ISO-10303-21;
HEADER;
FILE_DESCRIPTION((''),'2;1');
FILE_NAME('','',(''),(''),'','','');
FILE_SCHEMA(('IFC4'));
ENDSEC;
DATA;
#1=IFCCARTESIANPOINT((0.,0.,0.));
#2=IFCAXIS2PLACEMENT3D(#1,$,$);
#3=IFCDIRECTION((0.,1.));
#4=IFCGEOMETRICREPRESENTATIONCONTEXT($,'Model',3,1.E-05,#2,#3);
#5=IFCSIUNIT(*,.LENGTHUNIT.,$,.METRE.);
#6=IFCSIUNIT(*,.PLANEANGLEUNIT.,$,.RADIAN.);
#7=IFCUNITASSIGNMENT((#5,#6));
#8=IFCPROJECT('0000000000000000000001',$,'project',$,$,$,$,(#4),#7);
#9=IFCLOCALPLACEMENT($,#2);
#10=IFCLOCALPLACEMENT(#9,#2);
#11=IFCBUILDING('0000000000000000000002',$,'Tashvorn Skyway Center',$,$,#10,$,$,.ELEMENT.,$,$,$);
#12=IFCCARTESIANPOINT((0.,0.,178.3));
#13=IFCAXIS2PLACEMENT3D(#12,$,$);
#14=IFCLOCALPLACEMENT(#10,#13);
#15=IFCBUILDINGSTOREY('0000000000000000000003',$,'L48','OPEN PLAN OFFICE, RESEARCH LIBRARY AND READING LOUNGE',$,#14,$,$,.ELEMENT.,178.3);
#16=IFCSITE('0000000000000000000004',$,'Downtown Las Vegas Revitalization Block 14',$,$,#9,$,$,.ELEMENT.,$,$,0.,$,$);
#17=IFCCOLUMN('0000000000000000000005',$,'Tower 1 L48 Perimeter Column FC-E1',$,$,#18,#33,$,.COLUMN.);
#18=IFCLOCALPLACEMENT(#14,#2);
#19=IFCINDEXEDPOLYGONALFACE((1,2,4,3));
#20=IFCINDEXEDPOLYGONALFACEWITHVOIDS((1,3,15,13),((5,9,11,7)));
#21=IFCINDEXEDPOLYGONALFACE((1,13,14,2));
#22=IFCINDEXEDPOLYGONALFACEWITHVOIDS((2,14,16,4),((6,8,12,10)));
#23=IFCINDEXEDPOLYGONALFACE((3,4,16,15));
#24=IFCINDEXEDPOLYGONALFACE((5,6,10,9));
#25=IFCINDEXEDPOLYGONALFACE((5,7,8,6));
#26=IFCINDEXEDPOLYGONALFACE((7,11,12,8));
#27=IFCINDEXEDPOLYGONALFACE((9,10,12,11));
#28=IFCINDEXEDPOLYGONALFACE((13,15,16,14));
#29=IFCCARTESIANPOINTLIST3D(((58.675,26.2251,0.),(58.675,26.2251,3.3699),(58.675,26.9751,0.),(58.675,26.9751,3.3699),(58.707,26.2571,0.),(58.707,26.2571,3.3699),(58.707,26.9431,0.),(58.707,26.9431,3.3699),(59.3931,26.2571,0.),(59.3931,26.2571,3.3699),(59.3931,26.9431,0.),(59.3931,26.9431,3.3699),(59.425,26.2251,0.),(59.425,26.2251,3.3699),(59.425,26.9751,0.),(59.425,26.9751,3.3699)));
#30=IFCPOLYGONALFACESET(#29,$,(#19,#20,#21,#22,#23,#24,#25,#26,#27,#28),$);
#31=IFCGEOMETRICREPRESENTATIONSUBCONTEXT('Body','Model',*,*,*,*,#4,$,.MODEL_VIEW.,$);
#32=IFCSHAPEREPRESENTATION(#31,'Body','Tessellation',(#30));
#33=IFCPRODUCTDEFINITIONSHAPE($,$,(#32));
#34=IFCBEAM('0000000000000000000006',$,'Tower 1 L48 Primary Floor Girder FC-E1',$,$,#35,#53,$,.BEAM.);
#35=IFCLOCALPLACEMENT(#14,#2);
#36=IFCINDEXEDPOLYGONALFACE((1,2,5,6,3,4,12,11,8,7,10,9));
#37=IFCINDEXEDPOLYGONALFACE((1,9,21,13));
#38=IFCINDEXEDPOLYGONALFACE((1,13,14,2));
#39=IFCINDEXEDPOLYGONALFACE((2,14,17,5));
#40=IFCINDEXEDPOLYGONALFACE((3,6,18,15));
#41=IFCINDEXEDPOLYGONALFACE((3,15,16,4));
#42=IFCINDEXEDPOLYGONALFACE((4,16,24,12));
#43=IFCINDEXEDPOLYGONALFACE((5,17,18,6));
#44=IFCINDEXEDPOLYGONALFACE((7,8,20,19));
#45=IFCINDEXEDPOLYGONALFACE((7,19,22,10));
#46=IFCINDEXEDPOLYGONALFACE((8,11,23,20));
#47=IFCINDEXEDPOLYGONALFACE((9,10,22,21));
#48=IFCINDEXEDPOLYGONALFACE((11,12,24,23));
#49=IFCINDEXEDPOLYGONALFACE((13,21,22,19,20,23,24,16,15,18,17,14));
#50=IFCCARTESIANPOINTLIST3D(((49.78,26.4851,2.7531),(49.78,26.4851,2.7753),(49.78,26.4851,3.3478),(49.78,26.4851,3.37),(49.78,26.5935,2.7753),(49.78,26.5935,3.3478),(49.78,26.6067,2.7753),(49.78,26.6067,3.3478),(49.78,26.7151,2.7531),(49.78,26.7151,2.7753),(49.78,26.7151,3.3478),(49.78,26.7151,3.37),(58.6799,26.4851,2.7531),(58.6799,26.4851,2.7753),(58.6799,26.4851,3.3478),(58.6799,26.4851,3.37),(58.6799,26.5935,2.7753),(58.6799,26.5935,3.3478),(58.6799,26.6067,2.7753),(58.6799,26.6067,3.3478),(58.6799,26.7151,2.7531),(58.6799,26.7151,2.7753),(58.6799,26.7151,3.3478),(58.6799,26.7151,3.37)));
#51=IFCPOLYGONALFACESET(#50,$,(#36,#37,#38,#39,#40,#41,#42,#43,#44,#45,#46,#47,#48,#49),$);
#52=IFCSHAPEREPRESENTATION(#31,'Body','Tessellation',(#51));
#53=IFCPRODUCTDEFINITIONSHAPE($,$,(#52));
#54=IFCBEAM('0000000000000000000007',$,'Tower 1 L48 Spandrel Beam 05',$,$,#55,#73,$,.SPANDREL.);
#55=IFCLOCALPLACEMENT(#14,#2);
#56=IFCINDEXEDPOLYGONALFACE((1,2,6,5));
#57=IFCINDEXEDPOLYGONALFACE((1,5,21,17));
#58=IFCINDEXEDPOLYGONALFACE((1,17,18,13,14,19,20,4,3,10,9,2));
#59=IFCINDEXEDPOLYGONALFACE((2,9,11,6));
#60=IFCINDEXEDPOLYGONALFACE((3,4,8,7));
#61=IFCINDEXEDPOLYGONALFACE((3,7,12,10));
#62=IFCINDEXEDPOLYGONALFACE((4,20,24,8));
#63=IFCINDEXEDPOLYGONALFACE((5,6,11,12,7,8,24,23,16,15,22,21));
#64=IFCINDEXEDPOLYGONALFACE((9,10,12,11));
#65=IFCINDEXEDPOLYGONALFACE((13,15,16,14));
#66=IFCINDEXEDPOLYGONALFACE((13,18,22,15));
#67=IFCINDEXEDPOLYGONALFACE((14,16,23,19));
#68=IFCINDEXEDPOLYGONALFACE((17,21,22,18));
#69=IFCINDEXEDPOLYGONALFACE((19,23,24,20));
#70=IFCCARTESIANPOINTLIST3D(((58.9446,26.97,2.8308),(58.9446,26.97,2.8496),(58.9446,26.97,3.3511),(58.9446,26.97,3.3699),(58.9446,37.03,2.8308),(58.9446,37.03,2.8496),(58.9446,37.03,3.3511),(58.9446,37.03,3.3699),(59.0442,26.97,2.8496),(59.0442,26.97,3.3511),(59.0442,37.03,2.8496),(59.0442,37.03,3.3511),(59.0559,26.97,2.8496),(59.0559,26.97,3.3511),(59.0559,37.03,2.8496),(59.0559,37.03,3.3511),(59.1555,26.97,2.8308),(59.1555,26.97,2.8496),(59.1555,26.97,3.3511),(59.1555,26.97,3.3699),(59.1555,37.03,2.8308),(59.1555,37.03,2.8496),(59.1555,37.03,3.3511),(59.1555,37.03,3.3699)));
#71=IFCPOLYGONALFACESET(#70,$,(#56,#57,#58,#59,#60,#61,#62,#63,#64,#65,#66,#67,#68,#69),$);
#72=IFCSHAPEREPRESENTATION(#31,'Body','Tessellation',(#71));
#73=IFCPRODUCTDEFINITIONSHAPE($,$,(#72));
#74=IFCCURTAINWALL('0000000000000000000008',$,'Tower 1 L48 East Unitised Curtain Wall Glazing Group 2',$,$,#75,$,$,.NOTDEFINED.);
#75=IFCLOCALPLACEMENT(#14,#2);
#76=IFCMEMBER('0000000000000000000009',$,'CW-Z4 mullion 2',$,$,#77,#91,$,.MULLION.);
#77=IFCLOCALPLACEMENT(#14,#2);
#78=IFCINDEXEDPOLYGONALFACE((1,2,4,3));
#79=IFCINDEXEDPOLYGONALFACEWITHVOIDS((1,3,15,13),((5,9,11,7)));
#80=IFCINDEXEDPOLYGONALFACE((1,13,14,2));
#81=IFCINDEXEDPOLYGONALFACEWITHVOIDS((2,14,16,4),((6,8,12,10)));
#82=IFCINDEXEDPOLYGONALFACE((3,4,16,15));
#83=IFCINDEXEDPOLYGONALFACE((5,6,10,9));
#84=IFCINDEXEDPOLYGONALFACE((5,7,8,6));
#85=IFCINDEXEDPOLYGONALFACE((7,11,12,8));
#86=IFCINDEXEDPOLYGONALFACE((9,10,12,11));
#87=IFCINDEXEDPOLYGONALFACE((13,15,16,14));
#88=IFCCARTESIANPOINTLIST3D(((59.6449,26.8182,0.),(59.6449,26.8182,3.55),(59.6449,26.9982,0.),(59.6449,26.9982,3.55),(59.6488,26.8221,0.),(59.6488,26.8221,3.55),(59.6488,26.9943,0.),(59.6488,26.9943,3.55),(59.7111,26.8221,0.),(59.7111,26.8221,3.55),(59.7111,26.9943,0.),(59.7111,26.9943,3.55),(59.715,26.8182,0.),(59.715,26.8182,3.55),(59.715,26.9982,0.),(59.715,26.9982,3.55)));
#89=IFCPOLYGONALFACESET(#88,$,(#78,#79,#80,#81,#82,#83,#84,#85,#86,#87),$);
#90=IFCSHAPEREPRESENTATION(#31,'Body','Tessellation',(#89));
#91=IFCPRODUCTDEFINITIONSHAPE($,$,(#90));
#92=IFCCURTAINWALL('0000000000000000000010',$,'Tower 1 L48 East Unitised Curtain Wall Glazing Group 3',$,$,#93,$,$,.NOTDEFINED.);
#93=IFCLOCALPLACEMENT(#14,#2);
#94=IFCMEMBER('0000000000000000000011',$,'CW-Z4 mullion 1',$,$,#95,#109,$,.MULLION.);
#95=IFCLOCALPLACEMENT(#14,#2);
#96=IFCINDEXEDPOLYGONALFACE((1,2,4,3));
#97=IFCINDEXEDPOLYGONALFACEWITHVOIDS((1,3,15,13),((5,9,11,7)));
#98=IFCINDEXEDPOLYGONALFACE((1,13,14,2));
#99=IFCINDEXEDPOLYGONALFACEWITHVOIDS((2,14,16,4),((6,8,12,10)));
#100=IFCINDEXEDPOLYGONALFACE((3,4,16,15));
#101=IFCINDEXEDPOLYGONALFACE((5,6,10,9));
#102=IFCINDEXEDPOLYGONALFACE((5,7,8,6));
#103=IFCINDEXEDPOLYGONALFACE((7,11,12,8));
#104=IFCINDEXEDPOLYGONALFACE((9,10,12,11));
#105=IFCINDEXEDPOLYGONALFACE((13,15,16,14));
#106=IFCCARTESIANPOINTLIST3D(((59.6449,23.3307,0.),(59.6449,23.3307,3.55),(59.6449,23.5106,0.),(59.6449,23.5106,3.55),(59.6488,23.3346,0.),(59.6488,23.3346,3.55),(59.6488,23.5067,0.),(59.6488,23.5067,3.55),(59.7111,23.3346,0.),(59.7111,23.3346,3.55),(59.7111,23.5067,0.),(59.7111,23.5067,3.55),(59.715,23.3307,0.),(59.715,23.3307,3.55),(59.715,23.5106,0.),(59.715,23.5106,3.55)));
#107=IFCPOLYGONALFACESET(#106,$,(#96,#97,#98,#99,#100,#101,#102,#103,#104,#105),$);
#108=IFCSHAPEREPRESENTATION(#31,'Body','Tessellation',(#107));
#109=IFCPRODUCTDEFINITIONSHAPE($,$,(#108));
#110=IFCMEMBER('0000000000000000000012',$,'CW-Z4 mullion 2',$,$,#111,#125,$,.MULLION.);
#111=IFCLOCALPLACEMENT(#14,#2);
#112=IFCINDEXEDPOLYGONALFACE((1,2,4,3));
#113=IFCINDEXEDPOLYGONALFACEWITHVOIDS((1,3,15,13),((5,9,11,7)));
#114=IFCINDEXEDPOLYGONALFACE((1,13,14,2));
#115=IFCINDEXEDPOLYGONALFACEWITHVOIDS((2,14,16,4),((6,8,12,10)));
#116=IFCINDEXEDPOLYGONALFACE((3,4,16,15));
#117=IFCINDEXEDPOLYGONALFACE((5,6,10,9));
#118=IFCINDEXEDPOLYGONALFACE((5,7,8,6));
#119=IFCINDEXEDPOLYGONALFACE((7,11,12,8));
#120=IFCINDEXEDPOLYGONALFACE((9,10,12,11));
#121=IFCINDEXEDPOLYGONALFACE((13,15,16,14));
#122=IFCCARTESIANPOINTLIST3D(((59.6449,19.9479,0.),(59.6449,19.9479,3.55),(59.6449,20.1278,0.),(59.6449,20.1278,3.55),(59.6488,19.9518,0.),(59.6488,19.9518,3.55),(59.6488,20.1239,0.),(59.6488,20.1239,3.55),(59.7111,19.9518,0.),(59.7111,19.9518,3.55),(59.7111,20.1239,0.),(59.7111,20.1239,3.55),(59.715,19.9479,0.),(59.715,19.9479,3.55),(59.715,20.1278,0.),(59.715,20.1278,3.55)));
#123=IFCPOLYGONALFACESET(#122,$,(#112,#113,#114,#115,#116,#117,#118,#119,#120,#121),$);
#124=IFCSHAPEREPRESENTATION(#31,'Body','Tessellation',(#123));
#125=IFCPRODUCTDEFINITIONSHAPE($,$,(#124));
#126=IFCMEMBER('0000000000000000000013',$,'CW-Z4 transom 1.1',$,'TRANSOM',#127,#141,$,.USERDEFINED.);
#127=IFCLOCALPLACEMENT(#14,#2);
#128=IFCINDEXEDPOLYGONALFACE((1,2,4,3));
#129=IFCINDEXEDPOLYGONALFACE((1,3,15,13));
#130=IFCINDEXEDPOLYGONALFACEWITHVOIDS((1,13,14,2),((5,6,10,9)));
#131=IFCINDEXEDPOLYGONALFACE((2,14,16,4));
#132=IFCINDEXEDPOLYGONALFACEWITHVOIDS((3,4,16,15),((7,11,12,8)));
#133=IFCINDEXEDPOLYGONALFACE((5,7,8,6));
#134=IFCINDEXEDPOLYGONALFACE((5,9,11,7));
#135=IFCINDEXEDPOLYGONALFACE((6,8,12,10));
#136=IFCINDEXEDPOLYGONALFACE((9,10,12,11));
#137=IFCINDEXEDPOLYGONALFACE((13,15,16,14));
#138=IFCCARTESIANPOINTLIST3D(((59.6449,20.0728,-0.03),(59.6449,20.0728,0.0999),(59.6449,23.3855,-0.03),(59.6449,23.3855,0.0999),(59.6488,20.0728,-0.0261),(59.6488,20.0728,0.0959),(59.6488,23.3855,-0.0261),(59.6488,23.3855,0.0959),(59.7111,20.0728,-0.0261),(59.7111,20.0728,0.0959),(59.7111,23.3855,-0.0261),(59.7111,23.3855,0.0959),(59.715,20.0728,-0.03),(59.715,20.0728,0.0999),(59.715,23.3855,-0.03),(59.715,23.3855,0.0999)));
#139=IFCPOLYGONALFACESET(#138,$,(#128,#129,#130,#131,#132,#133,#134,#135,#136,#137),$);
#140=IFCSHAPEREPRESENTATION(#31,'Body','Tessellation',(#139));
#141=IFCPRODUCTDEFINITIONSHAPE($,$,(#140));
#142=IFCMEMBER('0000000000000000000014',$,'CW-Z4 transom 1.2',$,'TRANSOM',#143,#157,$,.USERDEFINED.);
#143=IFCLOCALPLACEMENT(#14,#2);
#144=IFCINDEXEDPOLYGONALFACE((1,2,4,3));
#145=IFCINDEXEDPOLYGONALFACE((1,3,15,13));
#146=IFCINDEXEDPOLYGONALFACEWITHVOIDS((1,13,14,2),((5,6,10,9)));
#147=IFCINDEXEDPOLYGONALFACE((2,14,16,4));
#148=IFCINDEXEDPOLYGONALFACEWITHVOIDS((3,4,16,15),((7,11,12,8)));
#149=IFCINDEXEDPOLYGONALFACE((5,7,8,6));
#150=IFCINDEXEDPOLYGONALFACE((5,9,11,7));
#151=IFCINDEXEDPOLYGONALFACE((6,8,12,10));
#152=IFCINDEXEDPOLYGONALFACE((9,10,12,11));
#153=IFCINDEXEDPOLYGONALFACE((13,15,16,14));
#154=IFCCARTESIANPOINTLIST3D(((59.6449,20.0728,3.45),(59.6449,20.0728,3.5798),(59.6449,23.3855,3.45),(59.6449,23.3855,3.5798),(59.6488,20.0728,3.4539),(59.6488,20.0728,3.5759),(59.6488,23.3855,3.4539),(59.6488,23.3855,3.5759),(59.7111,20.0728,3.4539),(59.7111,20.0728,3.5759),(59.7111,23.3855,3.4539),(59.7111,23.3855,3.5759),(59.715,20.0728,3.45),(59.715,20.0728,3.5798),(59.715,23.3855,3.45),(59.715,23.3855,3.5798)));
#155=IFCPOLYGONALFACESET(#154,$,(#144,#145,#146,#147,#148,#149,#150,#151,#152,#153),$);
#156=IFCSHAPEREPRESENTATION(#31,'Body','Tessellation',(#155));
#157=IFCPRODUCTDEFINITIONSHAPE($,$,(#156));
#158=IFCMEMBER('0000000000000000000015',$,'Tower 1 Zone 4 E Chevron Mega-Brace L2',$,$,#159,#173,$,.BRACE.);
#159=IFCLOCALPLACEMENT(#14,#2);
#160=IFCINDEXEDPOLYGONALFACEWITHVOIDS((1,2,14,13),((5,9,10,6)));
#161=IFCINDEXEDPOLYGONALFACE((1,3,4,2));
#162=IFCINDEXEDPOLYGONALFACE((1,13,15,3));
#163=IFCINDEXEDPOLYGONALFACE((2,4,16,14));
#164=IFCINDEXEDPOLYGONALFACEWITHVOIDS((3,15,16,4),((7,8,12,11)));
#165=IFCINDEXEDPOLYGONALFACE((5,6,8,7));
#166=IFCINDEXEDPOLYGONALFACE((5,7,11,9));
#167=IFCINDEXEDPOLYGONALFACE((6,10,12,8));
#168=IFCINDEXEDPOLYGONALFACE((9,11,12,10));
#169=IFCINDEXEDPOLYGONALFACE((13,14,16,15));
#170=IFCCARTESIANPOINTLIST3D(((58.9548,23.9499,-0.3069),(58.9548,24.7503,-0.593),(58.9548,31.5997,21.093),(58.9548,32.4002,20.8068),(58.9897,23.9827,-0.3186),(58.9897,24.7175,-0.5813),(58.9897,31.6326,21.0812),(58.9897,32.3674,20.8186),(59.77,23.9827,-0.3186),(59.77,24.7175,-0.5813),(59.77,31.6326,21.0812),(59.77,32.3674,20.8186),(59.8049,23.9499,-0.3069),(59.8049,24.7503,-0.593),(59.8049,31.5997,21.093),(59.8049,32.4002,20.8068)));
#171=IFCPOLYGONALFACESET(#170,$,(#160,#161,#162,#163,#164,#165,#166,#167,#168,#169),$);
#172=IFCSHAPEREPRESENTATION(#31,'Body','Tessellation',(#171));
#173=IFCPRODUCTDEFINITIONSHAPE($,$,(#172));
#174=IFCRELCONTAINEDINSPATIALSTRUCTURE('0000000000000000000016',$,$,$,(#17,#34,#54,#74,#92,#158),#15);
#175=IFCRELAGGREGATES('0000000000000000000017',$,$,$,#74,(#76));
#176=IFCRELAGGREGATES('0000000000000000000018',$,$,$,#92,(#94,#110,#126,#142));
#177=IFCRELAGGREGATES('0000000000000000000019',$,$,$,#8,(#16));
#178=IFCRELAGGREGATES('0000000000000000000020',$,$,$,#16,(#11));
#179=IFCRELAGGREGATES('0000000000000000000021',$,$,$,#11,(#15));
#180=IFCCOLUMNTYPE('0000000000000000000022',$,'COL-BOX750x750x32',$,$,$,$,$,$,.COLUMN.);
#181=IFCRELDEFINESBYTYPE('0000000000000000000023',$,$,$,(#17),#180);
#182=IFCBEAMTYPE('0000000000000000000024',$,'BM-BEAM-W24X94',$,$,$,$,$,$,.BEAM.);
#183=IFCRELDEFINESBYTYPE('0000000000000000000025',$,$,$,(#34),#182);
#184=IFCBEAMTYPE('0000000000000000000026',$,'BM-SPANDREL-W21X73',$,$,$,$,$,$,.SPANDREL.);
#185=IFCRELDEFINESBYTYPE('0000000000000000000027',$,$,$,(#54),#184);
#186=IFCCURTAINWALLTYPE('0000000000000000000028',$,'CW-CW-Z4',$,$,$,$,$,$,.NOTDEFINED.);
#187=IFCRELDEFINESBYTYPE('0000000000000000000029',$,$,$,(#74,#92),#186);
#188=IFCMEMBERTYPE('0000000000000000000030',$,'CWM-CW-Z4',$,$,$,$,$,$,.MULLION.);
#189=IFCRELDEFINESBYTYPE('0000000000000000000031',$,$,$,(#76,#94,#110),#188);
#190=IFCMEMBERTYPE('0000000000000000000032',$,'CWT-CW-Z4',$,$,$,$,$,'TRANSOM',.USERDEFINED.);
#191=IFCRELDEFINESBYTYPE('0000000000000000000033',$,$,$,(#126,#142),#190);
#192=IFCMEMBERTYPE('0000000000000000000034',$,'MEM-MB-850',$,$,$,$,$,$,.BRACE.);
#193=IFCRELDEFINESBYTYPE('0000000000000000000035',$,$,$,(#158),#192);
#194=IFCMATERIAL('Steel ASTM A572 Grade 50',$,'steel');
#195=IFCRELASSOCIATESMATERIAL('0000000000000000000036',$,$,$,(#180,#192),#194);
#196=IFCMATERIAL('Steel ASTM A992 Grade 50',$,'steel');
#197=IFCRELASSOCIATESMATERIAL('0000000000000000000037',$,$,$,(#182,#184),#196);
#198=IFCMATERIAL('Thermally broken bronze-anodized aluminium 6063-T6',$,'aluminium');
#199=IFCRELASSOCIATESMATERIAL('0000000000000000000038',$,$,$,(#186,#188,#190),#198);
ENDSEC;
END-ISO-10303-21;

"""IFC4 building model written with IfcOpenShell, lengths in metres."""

from ifc_helpers import new_model, si_unit, direction, frame, origin, origin_2d, place, context, subcontext, project, spatial, hollow_rectangle, i_section, extrude, material, material_profile, profile_set, type_object, element, aggregate, save


model = new_model("IFC4")

# Units and contexts
model_context = context("Model", 3, precision=1e-05, world=origin(), true_north=direction((0.0, 1.0)))
body_context = subcontext(model_context, "Body", "Model", "MODEL_VIEW")
ifc_project = project(units=[si_unit("LENGTHUNIT", "METRE"), si_unit("PLANEANGLEUNIT", "RADIAN")], contexts=[model_context])

# Site, building, storey
site_placement = place(None, origin())
site = spatial("IfcSite", under=ifc_project, at=site_placement, Name="Downtown Las Vegas Revitalization Block 14", CompositionType="ELEMENT", RefElevation=0.0)
building_placement = place(site_placement, origin())
building = spatial("IfcBuilding", under=site, at=building_placement, Name="Tashvorn Skyway Center", CompositionType="ELEMENT")
storey_placement = place(building_placement, frame((0.0, 0.0, 178.3)))
storey = spatial("IfcBuildingStorey", under=building, at=storey_placement, Name="L48", Description="OPEN PLAN OFFICE, RESEARCH LIBRARY AND READING LOUNGE", CompositionType="ELEMENT", Elevation=178.3)

# Column
ifc_material_1 = material(Name="Steel ASTM A572 Grade 50", Category="steel")
ifc_material_profile_1 = material_profile(ifc_material_1, hollow_rectangle(XDim=0.75, YDim=0.75, WallThickness=0.032, at=origin_2d()), Name="BOX750x750x32")
ifc_profile_set_1 = profile_set([ifc_material_profile_1], Name="Steel ASTM A572 Grade 50")
column_type = type_object("IfcColumnType", Name="COL-BOX750x750x32", PredefinedType="COLUMN", material=ifc_profile_set_1)
column_placement = place(storey_placement, frame((59.05, 26.6001, 0.0), z_axis=(0.0, 0.0, 1.0), x_axis=(1.0, 0.0, 0.0)))
element("IfcColumn", 1, at=column_placement, inside=storey, type_object=column_type, Name="Tower 1 L48 Perimeter Column FC-E1", PredefinedType="COLUMN", context=body_context, shape_type="SweptSolid", body=[
    extrude(hollow_rectangle(XDim=0.75, YDim=0.75, WallThickness=0.032, at=origin_2d()), origin(), (0.0, 0.0, 1.0), 3.3699),
])

# Beams
ifc_material_2 = material(Name="Steel ASTM A992 Grade 50", Category="steel")
ifc_material_profile_2 = material_profile(ifc_material_2, i_section(OverallWidth=0.23, OverallDepth=0.6169, WebThickness=0.0132, FlangeThickness=0.0222, at=origin_2d()), Name="W24X94")
ifc_profile_set_2 = profile_set([ifc_material_profile_2], Name="Steel ASTM A992 Grade 50")
beam_type_1 = type_object("IfcBeamType", Name="BM-BEAM-W24X94", PredefinedType="BEAM", material=ifc_profile_set_2)
beam_1_placement = place(storey_placement, frame((58.6799, 26.6001, 3.0615), z_axis=(-1.0, 0.0, 0.0), x_axis=(0.0, -1.0, 0.0)))
element("IfcBeam", 2, at=beam_1_placement, inside=storey, type_object=beam_type_1, Name="Tower 1 L48 Primary Floor Girder FC-E1", PredefinedType="BEAM", context=body_context, shape_type="SweptSolid", body=[
    extrude(i_section(OverallWidth=0.23, OverallDepth=0.6169, WebThickness=0.0132, FlangeThickness=0.0222, at=origin_2d()), origin(), (0.0, 0.0, 1.0), 8.8999),
])
ifc_material_profile_3 = material_profile(ifc_material_2, i_section(OverallWidth=0.2109, OverallDepth=0.5391, WebThickness=0.0117, FlangeThickness=0.0188, at=origin_2d()), Name="W21X73")
ifc_profile_set_3 = profile_set([ifc_material_profile_3], Name="Steel ASTM A992 Grade 50")
beam_type_2 = type_object("IfcBeamType", Name="BM-SPANDREL-W21X73", PredefinedType="SPANDREL", material=ifc_profile_set_3)
beam_2_placement = place(storey_placement, frame((59.05, 26.97, 3.1003), z_axis=(0.0, 1.0, 0.0), x_axis=(-1.0, 0.0, 0.0)))
element("IfcBeam", 3, at=beam_2_placement, inside=storey, type_object=beam_type_2, Name="Tower 1 L48 Spandrel Beam 05", PredefinedType="SPANDREL", context=body_context, shape_type="SweptSolid", body=[
    extrude(i_section(OverallWidth=0.2109, OverallDepth=0.5391, WebThickness=0.0117, FlangeThickness=0.0188, at=origin_2d()), origin(), (0.0, 0.0, 1.0), 10.0601),
])

# Curtain wall, member
ifc_material_3 = material(Name="Thermally broken bronze-anodized aluminium 6063-T6", Category="aluminium")
curtain_wall_type = type_object("IfcCurtainWallType", Name="CW-CW-Z4", PredefinedType="NOTDEFINED", material=ifc_material_3)
curtain_wall_1_placement = place(storey_placement, origin())
curtain_wall_1 = element("IfcCurtainWall", 4, at=curtain_wall_1_placement, inside=storey, type_object=curtain_wall_type, Name="Tower 1 L48 East Unitised Curtain Wall Glazing Group 2", PredefinedType="NOTDEFINED")
ifc_material_profile_4 = material_profile(ifc_material_3, hollow_rectangle(XDim=0.0701, YDim=0.1799, WallThickness=0.0039, at=origin_2d()), Name="ALU-MULL-70x180")
ifc_profile_set_4 = profile_set([ifc_material_profile_4], Name="Thermally broken bronze-anodized aluminium 6063-T6")
member_type_1 = type_object("IfcMemberType", Name="CWM-CW-Z4", PredefinedType="MULLION", material=ifc_profile_set_4)
member_1_placement = place(storey_placement, frame((59.6799, 26.9082, 0.0), z_axis=(0.0, 0.0, 1.0), x_axis=(1.0, 0.0, 0.0)))
member_1 = element("IfcMember", 5, at=member_1_placement, type_object=member_type_1, Name="CW-Z4 mullion 2", PredefinedType="MULLION", context=body_context, shape_type="SweptSolid", body=[
    extrude(hollow_rectangle(XDim=0.0701, YDim=0.1799, WallThickness=0.0039, at=origin_2d()), origin(), (0.0, 0.0, 1.0), 3.55),
])
aggregate(curtain_wall_1, [member_1])

# Curtain wall, members
curtain_wall_2_placement = place(storey_placement, origin())
curtain_wall_2 = element("IfcCurtainWall", 6, at=curtain_wall_2_placement, inside=storey, type_object=curtain_wall_type, Name="Tower 1 L48 East Unitised Curtain Wall Glazing Group 3", PredefinedType="NOTDEFINED")
member_2_placement = place(storey_placement, frame((59.6799, 23.4207, 0.0), z_axis=(0.0, 0.0, 1.0), x_axis=(1.0, 0.0, 0.0)))
member_2 = element("IfcMember", 7, at=member_2_placement, type_object=member_type_1, Name="CW-Z4 mullion 1", PredefinedType="MULLION", context=body_context, shape_type="SweptSolid", body=[
    extrude(hollow_rectangle(XDim=0.0701, YDim=0.1799, WallThickness=0.0039, at=origin_2d()), origin(), (0.0, 0.0, 1.0), 3.55),
])
member_3_placement = place(storey_placement, frame((59.6799, 20.0378, 0.0), z_axis=(0.0, 0.0, 1.0), x_axis=(1.0, 0.0, 0.0)))
member_3 = element("IfcMember", 8, at=member_3_placement, type_object=member_type_1, Name="CW-Z4 mullion 2", PredefinedType="MULLION", context=body_context, shape_type="SweptSolid", body=[
    extrude(hollow_rectangle(XDim=0.0701, YDim=0.1799, WallThickness=0.0039, at=origin_2d()), origin(), (0.0, 0.0, 1.0), 3.55),
])
ifc_material_profile_5 = material_profile(ifc_material_3, hollow_rectangle(XDim=0.0701, YDim=0.1299, WallThickness=0.0039, at=origin_2d()), Name="ALU-TRAN-70x130")
ifc_profile_set_5 = profile_set([ifc_material_profile_5], Name="Thermally broken bronze-anodized aluminium 6063-T6")
member_type_2 = type_object("IfcMemberType", Name="CWT-CW-Z4", ElementType="TRANSOM", PredefinedType="USERDEFINED", material=ifc_profile_set_5)
member_4_placement = place(storey_placement, frame((59.6799, 23.3855, 0.0349), z_axis=(0.0, -1.0, 0.0), x_axis=(1.0, 0.0, 0.0)))
member_4 = element("IfcMember", 9, at=member_4_placement, type_object=member_type_2, Name="CW-Z4 transom 1.1", ObjectType="TRANSOM", PredefinedType="USERDEFINED", context=body_context, shape_type="SweptSolid", body=[
    extrude(hollow_rectangle(XDim=0.0701, YDim=0.1299, WallThickness=0.0039, at=origin_2d()), origin(), (0.0, 0.0, 1.0), 3.3127),
])
member_5_placement = place(storey_placement, frame((59.6799, 23.3855, 3.5149), z_axis=(0.0, -1.0, 0.0), x_axis=(1.0, 0.0, 0.0)))
member_5 = element("IfcMember", 10, at=member_5_placement, type_object=member_type_2, Name="CW-Z4 transom 1.2", ObjectType="TRANSOM", PredefinedType="USERDEFINED", context=body_context, shape_type="SweptSolid", body=[
    extrude(hollow_rectangle(XDim=0.0701, YDim=0.1299, WallThickness=0.0039, at=origin_2d()), origin(), (0.0, 0.0, 1.0), 3.3127),
])

# Member
ifc_material_profile_6 = material_profile(ifc_material_1, hollow_rectangle(XDim=0.8501, YDim=0.8501, WallThickness=0.0349, at=origin_2d()), Name="BOX850x850x35")
ifc_profile_set_6 = profile_set([ifc_material_profile_6], Name="Steel ASTM A572 Grade 50")
member_type_3 = type_object("IfcMemberType", Name="MEM-MB-850", PredefinedType="BRACE", material=ifc_profile_set_6)
member_6_placement = place(storey_placement, frame((59.3799, 24.3501, -0.45), z_axis=(0.0, 0.336613, 0.941643), x_axis=(-1.0, 0.0, 0.0)))
element("IfcMember", 11, at=member_6_placement, inside=storey, type_object=member_type_3, Name="Tower 1 Zone 4 E Chevron Mega-Brace L2", PredefinedType="BRACE", context=body_context, shape_type="SweptSolid", body=[
    extrude(hollow_rectangle(XDim=0.8501, YDim=0.8501, WallThickness=0.0349, at=origin_2d()), origin(), (0.0, 0.0, 1.0), 22.7261),
])

aggregate(curtain_wall_2, [member_2, member_3, member_4, member_5])

save(model, "model.ifc")
